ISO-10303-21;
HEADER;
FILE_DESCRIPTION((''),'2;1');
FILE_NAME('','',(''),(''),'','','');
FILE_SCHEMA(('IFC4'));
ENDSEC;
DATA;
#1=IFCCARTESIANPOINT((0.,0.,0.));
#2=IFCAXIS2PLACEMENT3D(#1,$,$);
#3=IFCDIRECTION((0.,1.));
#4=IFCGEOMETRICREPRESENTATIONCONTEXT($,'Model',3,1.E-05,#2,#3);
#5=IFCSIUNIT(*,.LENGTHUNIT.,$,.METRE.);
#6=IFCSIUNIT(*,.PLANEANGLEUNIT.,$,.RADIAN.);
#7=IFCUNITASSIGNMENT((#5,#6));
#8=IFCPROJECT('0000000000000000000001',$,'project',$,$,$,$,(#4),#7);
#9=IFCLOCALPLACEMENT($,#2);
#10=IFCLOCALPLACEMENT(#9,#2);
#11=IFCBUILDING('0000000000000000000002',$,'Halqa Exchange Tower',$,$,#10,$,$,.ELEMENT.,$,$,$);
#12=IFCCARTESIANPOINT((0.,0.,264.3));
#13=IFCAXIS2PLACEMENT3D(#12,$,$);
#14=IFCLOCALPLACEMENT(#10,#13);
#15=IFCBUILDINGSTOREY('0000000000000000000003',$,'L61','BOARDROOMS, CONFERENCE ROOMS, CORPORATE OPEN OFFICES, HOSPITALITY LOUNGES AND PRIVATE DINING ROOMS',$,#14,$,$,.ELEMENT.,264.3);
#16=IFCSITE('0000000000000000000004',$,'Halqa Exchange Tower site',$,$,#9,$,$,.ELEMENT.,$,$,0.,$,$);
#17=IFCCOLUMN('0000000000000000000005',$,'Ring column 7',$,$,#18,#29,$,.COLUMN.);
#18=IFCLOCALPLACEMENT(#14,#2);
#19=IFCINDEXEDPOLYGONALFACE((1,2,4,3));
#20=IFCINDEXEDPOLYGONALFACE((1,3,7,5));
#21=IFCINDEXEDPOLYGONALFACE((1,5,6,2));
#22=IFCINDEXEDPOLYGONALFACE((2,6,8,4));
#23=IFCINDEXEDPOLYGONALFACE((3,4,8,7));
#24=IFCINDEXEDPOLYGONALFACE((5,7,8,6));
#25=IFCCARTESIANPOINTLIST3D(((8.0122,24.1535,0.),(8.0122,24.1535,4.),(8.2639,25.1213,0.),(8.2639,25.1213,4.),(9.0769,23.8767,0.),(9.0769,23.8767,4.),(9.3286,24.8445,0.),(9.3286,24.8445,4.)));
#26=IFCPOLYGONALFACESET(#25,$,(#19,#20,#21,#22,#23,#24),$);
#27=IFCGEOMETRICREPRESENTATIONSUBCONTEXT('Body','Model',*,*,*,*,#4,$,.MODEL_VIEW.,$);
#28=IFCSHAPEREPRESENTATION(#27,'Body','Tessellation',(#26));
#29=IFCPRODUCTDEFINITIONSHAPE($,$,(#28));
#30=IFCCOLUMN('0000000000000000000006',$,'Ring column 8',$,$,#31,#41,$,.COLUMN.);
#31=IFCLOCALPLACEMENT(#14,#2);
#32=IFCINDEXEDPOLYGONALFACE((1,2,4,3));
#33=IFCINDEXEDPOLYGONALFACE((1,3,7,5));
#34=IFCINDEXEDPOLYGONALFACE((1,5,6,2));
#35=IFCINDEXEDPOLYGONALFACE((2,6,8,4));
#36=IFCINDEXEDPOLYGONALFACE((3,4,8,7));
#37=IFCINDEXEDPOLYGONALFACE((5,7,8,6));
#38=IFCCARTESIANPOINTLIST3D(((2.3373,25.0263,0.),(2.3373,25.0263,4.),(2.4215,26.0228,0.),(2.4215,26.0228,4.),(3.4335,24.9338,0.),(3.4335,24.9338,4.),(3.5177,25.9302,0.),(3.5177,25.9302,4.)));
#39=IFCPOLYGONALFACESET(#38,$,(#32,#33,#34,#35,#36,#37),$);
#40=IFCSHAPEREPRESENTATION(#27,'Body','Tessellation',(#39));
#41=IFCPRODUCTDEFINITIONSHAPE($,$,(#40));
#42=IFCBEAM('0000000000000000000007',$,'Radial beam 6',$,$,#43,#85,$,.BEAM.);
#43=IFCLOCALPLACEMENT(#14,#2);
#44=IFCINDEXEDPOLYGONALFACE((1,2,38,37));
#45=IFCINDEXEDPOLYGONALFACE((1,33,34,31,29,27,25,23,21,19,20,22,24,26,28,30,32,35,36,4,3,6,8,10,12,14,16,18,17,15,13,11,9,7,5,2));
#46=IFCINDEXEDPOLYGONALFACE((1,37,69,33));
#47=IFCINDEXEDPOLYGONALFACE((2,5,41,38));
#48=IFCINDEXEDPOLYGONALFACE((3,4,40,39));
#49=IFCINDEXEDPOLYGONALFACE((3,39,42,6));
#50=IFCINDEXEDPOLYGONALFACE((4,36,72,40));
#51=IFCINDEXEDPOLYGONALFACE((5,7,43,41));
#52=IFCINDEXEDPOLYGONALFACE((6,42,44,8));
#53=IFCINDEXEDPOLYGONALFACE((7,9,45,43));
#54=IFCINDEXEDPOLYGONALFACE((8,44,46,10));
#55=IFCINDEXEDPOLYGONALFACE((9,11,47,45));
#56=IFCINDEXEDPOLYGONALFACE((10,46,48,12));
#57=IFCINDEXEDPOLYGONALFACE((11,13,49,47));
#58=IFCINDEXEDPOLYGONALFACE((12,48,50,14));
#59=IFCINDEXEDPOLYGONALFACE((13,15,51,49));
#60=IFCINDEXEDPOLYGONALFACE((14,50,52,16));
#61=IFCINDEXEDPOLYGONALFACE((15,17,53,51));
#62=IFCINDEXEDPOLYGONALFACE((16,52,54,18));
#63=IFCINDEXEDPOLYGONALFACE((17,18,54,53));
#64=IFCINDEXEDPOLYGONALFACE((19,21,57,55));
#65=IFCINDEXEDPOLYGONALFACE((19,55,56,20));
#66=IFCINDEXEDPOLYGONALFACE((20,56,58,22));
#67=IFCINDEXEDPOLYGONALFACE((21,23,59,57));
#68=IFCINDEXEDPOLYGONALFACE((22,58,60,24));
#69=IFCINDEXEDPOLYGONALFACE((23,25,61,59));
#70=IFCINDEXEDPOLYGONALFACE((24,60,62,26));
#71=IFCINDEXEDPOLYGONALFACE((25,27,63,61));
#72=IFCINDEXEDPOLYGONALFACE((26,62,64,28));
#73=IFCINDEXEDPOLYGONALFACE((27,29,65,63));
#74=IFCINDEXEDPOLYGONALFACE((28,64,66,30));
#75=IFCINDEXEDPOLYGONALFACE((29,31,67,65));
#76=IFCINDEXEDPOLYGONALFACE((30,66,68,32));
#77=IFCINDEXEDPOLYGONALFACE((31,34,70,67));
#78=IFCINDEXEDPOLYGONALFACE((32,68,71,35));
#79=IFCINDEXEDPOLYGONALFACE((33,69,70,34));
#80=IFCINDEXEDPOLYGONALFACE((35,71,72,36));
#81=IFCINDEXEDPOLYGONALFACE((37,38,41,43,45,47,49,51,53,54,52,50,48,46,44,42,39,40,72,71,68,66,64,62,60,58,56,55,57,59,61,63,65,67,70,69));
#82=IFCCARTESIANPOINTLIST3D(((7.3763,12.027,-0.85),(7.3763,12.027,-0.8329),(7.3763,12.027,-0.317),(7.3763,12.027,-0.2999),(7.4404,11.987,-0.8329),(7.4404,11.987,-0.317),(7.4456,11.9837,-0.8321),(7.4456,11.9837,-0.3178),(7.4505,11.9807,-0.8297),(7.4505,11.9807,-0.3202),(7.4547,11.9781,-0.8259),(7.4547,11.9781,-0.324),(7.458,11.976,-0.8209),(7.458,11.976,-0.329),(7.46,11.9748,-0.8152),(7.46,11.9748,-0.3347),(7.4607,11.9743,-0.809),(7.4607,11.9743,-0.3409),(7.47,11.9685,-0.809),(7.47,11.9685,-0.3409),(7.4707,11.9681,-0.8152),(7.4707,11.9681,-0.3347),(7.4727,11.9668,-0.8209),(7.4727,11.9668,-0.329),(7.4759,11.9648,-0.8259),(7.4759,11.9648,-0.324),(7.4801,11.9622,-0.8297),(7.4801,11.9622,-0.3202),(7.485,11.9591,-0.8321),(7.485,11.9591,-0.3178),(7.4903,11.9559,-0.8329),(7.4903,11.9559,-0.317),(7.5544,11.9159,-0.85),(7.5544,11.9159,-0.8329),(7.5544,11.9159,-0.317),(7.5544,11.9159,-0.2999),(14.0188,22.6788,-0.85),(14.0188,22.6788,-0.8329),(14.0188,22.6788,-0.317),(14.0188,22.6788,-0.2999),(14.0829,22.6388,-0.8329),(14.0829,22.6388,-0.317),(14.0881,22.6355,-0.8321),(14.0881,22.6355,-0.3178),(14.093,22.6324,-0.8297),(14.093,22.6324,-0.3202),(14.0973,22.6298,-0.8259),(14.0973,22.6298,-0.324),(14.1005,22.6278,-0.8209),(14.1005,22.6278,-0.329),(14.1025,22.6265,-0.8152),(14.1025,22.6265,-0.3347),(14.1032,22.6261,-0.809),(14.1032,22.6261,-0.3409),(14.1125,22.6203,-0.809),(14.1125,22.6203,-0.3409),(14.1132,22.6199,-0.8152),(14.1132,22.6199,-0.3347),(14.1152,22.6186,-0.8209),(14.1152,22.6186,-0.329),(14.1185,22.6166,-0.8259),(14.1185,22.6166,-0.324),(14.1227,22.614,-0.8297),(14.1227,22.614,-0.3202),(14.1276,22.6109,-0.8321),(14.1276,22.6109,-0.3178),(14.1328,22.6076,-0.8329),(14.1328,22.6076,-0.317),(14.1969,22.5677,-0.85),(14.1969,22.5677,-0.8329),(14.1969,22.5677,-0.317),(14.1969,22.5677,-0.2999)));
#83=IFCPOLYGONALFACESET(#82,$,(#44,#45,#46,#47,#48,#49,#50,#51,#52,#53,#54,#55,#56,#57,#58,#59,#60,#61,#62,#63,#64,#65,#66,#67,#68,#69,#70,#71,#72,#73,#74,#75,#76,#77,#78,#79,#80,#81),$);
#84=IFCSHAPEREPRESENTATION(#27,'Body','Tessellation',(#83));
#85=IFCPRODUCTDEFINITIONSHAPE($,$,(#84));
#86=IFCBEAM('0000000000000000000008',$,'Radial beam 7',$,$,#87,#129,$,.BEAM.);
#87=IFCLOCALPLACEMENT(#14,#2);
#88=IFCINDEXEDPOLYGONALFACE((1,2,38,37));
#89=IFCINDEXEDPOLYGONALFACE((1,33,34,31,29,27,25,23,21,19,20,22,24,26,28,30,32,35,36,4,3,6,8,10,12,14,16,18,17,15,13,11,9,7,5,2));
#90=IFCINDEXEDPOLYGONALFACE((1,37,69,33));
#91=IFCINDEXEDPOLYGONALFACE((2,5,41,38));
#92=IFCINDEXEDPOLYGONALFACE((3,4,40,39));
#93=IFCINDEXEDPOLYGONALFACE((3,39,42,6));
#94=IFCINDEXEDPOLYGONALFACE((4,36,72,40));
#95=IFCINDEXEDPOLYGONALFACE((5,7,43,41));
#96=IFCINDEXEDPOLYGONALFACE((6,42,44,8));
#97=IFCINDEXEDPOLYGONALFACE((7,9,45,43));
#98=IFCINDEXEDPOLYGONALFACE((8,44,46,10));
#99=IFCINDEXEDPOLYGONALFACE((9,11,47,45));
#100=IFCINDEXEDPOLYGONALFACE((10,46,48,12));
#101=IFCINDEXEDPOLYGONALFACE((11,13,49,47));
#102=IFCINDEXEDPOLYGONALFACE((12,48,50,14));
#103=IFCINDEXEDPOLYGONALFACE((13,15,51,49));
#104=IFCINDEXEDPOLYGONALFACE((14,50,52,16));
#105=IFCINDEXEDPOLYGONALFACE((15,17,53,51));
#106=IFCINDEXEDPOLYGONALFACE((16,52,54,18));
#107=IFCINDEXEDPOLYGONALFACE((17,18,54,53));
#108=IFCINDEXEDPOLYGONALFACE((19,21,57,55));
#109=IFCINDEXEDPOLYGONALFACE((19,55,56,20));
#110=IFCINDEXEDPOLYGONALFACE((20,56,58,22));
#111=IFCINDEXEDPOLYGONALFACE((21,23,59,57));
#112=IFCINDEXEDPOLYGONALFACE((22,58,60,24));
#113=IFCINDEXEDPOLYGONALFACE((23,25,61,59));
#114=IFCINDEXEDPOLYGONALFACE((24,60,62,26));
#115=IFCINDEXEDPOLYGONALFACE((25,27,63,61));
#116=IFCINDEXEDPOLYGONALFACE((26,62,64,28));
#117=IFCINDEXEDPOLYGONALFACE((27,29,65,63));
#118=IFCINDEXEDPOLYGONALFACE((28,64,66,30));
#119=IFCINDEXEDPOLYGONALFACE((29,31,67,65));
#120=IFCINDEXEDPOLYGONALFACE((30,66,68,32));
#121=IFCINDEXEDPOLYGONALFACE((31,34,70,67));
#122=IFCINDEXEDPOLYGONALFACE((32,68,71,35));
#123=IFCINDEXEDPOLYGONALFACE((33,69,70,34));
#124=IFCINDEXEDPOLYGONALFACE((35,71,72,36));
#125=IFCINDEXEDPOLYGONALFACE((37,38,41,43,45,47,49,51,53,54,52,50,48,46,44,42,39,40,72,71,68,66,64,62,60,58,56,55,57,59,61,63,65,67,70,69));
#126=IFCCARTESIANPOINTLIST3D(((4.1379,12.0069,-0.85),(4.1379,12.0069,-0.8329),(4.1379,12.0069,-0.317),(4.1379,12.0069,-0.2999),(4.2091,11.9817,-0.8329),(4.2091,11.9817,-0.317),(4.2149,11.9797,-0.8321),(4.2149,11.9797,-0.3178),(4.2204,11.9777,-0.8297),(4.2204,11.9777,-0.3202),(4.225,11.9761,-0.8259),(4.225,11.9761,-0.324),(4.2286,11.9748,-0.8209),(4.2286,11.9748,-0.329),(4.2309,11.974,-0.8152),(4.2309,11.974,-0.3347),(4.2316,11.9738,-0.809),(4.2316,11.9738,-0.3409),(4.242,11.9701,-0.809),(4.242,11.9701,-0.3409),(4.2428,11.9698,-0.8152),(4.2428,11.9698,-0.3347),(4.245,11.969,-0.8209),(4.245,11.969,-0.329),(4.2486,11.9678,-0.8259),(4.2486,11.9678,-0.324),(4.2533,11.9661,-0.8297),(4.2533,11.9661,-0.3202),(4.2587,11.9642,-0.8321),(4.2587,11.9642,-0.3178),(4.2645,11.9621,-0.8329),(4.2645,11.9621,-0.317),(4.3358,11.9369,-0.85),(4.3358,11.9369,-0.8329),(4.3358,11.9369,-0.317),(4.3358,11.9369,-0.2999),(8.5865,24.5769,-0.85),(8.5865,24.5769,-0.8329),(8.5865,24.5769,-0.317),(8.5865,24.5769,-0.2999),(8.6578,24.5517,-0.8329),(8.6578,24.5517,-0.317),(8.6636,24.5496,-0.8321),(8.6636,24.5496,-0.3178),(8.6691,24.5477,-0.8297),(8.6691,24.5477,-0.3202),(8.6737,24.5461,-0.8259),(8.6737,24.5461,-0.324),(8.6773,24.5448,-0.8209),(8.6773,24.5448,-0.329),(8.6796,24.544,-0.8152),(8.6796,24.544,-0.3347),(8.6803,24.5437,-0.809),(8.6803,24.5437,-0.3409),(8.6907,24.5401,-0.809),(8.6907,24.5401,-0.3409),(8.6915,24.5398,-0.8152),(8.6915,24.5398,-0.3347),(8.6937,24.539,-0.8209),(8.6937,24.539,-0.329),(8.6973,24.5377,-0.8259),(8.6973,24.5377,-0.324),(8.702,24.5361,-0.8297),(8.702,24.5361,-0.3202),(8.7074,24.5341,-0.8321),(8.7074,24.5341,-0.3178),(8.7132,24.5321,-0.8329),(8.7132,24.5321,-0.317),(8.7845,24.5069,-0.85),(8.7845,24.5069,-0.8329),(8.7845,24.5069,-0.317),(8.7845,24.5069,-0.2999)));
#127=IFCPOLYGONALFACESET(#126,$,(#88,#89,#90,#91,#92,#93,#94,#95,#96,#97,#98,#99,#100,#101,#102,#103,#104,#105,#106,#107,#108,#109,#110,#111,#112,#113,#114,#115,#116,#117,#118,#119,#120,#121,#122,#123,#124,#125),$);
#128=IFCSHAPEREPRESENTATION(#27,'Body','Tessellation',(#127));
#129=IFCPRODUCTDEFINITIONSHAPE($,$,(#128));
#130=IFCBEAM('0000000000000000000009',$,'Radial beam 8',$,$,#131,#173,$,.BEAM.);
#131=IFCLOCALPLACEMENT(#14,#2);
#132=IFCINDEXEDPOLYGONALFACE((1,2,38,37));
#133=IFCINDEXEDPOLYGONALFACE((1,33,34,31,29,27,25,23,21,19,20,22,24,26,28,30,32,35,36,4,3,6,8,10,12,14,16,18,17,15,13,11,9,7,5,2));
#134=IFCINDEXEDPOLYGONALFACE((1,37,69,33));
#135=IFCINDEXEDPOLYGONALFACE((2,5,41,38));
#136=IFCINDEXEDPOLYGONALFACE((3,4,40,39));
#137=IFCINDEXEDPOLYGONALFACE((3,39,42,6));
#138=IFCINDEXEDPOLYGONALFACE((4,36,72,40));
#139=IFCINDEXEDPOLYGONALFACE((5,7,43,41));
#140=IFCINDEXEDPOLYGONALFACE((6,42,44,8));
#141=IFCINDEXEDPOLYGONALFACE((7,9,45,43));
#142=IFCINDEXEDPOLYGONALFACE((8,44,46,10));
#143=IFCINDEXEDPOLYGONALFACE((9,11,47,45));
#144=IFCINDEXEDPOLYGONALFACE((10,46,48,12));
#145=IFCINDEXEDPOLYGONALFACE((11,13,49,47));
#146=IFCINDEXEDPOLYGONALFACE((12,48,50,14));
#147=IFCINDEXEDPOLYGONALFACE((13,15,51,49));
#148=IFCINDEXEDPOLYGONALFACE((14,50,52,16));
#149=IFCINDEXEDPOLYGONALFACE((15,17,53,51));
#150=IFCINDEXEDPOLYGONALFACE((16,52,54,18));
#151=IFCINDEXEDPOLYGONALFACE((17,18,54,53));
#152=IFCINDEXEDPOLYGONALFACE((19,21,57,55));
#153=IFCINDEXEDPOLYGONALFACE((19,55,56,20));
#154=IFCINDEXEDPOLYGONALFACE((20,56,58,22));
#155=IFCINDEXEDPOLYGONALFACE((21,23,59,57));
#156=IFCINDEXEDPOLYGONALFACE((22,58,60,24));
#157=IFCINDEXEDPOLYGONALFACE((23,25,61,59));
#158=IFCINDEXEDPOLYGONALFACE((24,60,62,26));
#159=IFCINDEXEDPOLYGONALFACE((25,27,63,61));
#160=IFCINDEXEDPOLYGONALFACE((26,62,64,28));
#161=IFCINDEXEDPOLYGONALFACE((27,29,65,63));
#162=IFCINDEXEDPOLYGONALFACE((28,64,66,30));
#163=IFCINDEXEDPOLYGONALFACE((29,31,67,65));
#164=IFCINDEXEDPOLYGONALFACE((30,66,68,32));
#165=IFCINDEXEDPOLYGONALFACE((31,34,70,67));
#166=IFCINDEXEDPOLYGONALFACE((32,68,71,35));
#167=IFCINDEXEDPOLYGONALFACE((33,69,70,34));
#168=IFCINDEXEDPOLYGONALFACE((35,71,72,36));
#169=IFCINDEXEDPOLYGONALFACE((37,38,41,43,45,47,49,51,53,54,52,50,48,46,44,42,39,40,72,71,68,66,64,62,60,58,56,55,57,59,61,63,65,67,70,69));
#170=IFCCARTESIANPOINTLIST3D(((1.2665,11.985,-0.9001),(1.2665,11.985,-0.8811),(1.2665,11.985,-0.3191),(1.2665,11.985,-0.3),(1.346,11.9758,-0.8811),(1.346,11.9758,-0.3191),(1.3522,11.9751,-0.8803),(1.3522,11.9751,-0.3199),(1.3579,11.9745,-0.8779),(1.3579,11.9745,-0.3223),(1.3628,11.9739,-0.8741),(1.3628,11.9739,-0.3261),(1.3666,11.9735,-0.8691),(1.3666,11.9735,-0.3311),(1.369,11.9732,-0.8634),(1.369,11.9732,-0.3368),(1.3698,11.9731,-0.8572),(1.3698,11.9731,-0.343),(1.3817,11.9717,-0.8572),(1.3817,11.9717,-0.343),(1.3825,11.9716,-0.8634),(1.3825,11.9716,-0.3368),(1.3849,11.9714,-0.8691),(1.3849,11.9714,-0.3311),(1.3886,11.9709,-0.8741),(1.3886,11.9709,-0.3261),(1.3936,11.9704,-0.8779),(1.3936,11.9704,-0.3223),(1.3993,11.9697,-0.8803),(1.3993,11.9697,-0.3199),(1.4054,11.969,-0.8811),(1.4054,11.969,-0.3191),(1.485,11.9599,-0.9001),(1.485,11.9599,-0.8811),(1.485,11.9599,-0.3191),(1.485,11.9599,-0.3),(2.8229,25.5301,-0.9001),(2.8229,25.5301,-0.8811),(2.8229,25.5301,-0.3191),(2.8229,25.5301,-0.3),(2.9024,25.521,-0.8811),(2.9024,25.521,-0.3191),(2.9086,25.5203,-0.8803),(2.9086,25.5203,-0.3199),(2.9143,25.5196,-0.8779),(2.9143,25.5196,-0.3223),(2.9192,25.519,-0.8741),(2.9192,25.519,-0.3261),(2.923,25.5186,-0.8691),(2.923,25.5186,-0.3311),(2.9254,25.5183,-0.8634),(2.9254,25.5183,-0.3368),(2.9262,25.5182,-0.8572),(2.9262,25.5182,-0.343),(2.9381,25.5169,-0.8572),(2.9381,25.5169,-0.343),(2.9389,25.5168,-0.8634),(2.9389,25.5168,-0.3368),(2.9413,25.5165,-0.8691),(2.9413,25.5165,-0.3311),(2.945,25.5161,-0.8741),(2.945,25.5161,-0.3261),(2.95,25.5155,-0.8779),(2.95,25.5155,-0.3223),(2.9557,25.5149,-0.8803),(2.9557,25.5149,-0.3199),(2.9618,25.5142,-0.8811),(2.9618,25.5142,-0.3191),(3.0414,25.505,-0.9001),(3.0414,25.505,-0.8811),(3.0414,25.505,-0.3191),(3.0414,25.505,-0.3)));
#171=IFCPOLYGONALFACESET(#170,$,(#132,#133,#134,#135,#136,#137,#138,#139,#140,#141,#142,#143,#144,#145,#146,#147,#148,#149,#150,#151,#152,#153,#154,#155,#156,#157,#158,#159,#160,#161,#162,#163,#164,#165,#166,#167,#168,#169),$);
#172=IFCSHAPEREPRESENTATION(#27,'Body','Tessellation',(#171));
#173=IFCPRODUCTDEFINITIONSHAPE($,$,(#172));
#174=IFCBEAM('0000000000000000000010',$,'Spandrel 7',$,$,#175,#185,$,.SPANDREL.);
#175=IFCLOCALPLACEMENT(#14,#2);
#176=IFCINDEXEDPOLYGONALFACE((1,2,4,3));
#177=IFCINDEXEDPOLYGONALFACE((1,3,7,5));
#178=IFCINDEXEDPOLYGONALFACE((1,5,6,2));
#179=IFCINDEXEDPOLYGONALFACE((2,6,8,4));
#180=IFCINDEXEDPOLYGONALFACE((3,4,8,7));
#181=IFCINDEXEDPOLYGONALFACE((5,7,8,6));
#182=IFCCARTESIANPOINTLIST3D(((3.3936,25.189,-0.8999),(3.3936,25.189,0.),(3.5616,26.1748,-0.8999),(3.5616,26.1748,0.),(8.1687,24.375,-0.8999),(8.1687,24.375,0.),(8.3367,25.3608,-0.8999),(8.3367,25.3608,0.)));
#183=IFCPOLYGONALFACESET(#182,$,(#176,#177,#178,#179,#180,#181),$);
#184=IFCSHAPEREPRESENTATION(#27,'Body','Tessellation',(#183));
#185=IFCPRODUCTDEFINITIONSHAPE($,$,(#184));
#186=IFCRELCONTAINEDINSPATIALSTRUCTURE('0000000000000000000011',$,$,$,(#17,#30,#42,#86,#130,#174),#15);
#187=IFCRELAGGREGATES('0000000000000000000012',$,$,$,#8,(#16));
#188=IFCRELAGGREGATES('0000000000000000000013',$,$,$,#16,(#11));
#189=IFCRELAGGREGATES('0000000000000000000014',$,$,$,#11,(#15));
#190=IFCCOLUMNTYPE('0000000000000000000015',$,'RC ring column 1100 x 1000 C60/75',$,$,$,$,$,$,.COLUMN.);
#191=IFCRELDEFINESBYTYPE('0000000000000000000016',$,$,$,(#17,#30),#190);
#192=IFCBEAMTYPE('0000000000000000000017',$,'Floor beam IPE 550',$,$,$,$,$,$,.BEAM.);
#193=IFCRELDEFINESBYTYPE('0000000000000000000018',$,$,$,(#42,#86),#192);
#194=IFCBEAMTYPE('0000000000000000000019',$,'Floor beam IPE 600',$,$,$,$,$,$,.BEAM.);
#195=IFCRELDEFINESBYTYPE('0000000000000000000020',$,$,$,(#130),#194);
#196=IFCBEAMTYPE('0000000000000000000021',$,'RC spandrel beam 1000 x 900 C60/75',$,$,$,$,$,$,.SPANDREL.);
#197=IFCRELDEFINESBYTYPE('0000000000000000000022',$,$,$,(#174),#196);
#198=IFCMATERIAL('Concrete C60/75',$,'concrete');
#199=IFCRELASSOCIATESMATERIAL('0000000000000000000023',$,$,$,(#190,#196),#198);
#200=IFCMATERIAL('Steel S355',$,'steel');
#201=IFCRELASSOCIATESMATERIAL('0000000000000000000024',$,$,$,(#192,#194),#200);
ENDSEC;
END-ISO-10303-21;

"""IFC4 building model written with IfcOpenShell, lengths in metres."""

from ifc_helpers import new_model, si_unit, direction, frame, origin, origin_2d, place, context, subcontext, project, spatial, rectangle, i_section, extrude, material, material_profile, profile_set, type_object, element, save


model = new_model("IFC4")

# Units and contexts
model_context = context("Model", 3, precision=1e-05, world=origin(), true_north=direction((0.0, 1.0)))
body_context = subcontext(model_context, "Body", "Model", "MODEL_VIEW")
ifc_project = project(units=[si_unit("LENGTHUNIT", "METRE"), si_unit("PLANEANGLEUNIT", "RADIAN")], contexts=[model_context])

# Site, building, storey
site_placement = place(None, origin())
site = spatial("IfcSite", under=ifc_project, at=site_placement, Name="Halqa Exchange Tower site", CompositionType="ELEMENT", RefElevation=0.0)
building_placement = place(site_placement, origin())
building = spatial("IfcBuilding", under=site, at=building_placement, Name="Halqa Exchange Tower", CompositionType="ELEMENT")
storey_placement = place(building_placement, frame((0.0, 0.0, 264.3)))
storey = spatial("IfcBuildingStorey", under=building, at=storey_placement, Name="L61", Description="BOARDROOMS, CONFERENCE ROOMS, CORPORATE OPEN OFFICES, HOSPITALITY LOUNGES AND PRIVATE DINING ROOMS", CompositionType="ELEMENT", Elevation=264.3)

# Columns
ifc_material_1 = material(Name="Concrete C60/75", Category="concrete")
ifc_material_profile_1 = material_profile(ifc_material_1, rectangle(XDim=1.1001, YDim=1.0, at=origin_2d()), Name="1100 x 1000")
ifc_profile_set_1 = profile_set([ifc_material_profile_1], Name="Concrete C60/75")
column_type = type_object("IfcColumnType", Name="RC ring column 1100 x 1000 C60/75", PredefinedType="COLUMN", material=ifc_profile_set_1)
for number, where, z_axis, x_axis, name in (
    (1, (8.6704, 24.499, 0.0), (0.0, 0.0, 1.0), (-0.96782, 0.251642, 0.0), "Ring column 7"),
    (2, (2.9275, 25.4783, 0.0), (0.0, 0.0, 1.0), (-0.996456, 0.084121, 0.0), "Ring column 8"),
):
    element("IfcColumn", number, at=place(storey_placement, frame(where, z_axis=z_axis, x_axis=x_axis)), inside=storey, type_object=column_type, Name=name, PredefinedType="COLUMN", context=body_context, shape_type="SweptSolid", body=[
        extrude(rectangle(XDim=1.1001, YDim=1.0, at=origin_2d()), origin(), (0.0, 0.0, 1.0), 4.0),
    ])

# Beams
ifc_material_2 = material(Name="Steel S355", Category="steel")
ifc_material_profile_2 = material_profile(ifc_material_2, i_section(OverallWidth=0.21, OverallDepth=0.55, WebThickness=0.011, FlangeThickness=0.0171, FilletRadius=0.0239, at=origin_2d()), Name="IPE 550")
ifc_profile_set_2 = profile_set([ifc_material_profile_2], Name="Steel S355")
beam_type_1 = type_object("IfcBeamType", Name="Floor beam IPE 550", PredefinedType="BEAM", material=ifc_profile_set_2)
beam_1_placement = place(storey_placement, frame((7.4653, 11.9714, -0.575), z_axis=(0.529149, 0.848529, 0.0), x_axis=(-0.848529, 0.529149, 0.0)))
element("IfcBeam", 3, at=beam_1_placement, inside=storey, type_object=beam_type_1, Name="Radial beam 6", PredefinedType="BEAM", context=body_context, shape_type="SweptSolid", body=[
    extrude(i_section(OverallWidth=0.21, OverallDepth=0.55, WebThickness=0.011, FlangeThickness=0.0171, FilletRadius=0.0239, at=origin_2d()), origin(), (0.0, 0.0, 1.0), 12.5532),
])
beam_2_placement = place(storey_placement, frame((4.2368, 11.9719, -0.575), z_axis=(0.333636, 0.942702, 0.0), x_axis=(-0.942702, 0.333636, 0.0)))
element("IfcBeam", 4, at=beam_2_placement, inside=storey, type_object=beam_type_1, Name="Radial beam 7", PredefinedType="BEAM", context=body_context, shape_type="SweptSolid", body=[
    extrude(i_section(OverallWidth=0.21, OverallDepth=0.55, WebThickness=0.011, FlangeThickness=0.0171, FilletRadius=0.0239, at=origin_2d()), origin(), (0.0, 0.0, 1.0), 13.334),
])
ifc_material_profile_3 = material_profile(ifc_material_2, i_section(OverallWidth=0.22, OverallDepth=0.6001, WebThickness=0.012, FlangeThickness=0.019, FilletRadius=0.0239, at=origin_2d()), Name="IPE 600")
ifc_profile_set_3 = profile_set([ifc_material_profile_3], Name="Steel S355")
beam_type_2 = type_object("IfcBeamType", Name="Floor beam IPE 600", PredefinedType="BEAM", material=ifc_profile_set_3)
beam_3_placement = place(storey_placement, frame((1.3757, 11.9724, -0.6001), z_axis=(0.114153, 0.993463, 0.0), x_axis=(-0.993463, 0.114153, 0.0)))
element("IfcBeam", 5, at=beam_3_placement, inside=storey, type_object=beam_type_2, Name="Radial beam 8", PredefinedType="BEAM", context=body_context, shape_type="SweptSolid", body=[
    extrude(i_section(OverallWidth=0.22, OverallDepth=0.6001, WebThickness=0.012, FlangeThickness=0.019, FilletRadius=0.0239, at=origin_2d()), origin(), (0.0, 0.0, 1.0), 13.6343),
])
ifc_material_profile_4 = material_profile(ifc_material_1, rectangle(XDim=1.0, YDim=0.8999, at=origin_2d()), Name="1000 x 900")
ifc_profile_set_4 = profile_set([ifc_material_profile_4], Name="Concrete C60/75")
beam_type_3 = type_object("IfcBeamType", Name="RC spandrel beam 1000 x 900 C60/75", PredefinedType="SPANDREL", material=ifc_profile_set_4)
beam_4_placement = place(storey_placement, frame((8.2527, 24.8679, -0.45), z_axis=(-0.985781, 0.168035, 0.0), x_axis=(-0.168035, -0.985781, 0.0)))
element("IfcBeam", 6, at=beam_4_placement, inside=storey, type_object=beam_type_3, Name="Spandrel 7", PredefinedType="SPANDREL", context=body_context, shape_type="SweptSolid", body=[
    extrude(rectangle(XDim=1.0, YDim=0.8999, at=origin_2d()), origin(), (0.0, 0.0, 1.0), 4.844),
])

save(model, "model.ifc")
